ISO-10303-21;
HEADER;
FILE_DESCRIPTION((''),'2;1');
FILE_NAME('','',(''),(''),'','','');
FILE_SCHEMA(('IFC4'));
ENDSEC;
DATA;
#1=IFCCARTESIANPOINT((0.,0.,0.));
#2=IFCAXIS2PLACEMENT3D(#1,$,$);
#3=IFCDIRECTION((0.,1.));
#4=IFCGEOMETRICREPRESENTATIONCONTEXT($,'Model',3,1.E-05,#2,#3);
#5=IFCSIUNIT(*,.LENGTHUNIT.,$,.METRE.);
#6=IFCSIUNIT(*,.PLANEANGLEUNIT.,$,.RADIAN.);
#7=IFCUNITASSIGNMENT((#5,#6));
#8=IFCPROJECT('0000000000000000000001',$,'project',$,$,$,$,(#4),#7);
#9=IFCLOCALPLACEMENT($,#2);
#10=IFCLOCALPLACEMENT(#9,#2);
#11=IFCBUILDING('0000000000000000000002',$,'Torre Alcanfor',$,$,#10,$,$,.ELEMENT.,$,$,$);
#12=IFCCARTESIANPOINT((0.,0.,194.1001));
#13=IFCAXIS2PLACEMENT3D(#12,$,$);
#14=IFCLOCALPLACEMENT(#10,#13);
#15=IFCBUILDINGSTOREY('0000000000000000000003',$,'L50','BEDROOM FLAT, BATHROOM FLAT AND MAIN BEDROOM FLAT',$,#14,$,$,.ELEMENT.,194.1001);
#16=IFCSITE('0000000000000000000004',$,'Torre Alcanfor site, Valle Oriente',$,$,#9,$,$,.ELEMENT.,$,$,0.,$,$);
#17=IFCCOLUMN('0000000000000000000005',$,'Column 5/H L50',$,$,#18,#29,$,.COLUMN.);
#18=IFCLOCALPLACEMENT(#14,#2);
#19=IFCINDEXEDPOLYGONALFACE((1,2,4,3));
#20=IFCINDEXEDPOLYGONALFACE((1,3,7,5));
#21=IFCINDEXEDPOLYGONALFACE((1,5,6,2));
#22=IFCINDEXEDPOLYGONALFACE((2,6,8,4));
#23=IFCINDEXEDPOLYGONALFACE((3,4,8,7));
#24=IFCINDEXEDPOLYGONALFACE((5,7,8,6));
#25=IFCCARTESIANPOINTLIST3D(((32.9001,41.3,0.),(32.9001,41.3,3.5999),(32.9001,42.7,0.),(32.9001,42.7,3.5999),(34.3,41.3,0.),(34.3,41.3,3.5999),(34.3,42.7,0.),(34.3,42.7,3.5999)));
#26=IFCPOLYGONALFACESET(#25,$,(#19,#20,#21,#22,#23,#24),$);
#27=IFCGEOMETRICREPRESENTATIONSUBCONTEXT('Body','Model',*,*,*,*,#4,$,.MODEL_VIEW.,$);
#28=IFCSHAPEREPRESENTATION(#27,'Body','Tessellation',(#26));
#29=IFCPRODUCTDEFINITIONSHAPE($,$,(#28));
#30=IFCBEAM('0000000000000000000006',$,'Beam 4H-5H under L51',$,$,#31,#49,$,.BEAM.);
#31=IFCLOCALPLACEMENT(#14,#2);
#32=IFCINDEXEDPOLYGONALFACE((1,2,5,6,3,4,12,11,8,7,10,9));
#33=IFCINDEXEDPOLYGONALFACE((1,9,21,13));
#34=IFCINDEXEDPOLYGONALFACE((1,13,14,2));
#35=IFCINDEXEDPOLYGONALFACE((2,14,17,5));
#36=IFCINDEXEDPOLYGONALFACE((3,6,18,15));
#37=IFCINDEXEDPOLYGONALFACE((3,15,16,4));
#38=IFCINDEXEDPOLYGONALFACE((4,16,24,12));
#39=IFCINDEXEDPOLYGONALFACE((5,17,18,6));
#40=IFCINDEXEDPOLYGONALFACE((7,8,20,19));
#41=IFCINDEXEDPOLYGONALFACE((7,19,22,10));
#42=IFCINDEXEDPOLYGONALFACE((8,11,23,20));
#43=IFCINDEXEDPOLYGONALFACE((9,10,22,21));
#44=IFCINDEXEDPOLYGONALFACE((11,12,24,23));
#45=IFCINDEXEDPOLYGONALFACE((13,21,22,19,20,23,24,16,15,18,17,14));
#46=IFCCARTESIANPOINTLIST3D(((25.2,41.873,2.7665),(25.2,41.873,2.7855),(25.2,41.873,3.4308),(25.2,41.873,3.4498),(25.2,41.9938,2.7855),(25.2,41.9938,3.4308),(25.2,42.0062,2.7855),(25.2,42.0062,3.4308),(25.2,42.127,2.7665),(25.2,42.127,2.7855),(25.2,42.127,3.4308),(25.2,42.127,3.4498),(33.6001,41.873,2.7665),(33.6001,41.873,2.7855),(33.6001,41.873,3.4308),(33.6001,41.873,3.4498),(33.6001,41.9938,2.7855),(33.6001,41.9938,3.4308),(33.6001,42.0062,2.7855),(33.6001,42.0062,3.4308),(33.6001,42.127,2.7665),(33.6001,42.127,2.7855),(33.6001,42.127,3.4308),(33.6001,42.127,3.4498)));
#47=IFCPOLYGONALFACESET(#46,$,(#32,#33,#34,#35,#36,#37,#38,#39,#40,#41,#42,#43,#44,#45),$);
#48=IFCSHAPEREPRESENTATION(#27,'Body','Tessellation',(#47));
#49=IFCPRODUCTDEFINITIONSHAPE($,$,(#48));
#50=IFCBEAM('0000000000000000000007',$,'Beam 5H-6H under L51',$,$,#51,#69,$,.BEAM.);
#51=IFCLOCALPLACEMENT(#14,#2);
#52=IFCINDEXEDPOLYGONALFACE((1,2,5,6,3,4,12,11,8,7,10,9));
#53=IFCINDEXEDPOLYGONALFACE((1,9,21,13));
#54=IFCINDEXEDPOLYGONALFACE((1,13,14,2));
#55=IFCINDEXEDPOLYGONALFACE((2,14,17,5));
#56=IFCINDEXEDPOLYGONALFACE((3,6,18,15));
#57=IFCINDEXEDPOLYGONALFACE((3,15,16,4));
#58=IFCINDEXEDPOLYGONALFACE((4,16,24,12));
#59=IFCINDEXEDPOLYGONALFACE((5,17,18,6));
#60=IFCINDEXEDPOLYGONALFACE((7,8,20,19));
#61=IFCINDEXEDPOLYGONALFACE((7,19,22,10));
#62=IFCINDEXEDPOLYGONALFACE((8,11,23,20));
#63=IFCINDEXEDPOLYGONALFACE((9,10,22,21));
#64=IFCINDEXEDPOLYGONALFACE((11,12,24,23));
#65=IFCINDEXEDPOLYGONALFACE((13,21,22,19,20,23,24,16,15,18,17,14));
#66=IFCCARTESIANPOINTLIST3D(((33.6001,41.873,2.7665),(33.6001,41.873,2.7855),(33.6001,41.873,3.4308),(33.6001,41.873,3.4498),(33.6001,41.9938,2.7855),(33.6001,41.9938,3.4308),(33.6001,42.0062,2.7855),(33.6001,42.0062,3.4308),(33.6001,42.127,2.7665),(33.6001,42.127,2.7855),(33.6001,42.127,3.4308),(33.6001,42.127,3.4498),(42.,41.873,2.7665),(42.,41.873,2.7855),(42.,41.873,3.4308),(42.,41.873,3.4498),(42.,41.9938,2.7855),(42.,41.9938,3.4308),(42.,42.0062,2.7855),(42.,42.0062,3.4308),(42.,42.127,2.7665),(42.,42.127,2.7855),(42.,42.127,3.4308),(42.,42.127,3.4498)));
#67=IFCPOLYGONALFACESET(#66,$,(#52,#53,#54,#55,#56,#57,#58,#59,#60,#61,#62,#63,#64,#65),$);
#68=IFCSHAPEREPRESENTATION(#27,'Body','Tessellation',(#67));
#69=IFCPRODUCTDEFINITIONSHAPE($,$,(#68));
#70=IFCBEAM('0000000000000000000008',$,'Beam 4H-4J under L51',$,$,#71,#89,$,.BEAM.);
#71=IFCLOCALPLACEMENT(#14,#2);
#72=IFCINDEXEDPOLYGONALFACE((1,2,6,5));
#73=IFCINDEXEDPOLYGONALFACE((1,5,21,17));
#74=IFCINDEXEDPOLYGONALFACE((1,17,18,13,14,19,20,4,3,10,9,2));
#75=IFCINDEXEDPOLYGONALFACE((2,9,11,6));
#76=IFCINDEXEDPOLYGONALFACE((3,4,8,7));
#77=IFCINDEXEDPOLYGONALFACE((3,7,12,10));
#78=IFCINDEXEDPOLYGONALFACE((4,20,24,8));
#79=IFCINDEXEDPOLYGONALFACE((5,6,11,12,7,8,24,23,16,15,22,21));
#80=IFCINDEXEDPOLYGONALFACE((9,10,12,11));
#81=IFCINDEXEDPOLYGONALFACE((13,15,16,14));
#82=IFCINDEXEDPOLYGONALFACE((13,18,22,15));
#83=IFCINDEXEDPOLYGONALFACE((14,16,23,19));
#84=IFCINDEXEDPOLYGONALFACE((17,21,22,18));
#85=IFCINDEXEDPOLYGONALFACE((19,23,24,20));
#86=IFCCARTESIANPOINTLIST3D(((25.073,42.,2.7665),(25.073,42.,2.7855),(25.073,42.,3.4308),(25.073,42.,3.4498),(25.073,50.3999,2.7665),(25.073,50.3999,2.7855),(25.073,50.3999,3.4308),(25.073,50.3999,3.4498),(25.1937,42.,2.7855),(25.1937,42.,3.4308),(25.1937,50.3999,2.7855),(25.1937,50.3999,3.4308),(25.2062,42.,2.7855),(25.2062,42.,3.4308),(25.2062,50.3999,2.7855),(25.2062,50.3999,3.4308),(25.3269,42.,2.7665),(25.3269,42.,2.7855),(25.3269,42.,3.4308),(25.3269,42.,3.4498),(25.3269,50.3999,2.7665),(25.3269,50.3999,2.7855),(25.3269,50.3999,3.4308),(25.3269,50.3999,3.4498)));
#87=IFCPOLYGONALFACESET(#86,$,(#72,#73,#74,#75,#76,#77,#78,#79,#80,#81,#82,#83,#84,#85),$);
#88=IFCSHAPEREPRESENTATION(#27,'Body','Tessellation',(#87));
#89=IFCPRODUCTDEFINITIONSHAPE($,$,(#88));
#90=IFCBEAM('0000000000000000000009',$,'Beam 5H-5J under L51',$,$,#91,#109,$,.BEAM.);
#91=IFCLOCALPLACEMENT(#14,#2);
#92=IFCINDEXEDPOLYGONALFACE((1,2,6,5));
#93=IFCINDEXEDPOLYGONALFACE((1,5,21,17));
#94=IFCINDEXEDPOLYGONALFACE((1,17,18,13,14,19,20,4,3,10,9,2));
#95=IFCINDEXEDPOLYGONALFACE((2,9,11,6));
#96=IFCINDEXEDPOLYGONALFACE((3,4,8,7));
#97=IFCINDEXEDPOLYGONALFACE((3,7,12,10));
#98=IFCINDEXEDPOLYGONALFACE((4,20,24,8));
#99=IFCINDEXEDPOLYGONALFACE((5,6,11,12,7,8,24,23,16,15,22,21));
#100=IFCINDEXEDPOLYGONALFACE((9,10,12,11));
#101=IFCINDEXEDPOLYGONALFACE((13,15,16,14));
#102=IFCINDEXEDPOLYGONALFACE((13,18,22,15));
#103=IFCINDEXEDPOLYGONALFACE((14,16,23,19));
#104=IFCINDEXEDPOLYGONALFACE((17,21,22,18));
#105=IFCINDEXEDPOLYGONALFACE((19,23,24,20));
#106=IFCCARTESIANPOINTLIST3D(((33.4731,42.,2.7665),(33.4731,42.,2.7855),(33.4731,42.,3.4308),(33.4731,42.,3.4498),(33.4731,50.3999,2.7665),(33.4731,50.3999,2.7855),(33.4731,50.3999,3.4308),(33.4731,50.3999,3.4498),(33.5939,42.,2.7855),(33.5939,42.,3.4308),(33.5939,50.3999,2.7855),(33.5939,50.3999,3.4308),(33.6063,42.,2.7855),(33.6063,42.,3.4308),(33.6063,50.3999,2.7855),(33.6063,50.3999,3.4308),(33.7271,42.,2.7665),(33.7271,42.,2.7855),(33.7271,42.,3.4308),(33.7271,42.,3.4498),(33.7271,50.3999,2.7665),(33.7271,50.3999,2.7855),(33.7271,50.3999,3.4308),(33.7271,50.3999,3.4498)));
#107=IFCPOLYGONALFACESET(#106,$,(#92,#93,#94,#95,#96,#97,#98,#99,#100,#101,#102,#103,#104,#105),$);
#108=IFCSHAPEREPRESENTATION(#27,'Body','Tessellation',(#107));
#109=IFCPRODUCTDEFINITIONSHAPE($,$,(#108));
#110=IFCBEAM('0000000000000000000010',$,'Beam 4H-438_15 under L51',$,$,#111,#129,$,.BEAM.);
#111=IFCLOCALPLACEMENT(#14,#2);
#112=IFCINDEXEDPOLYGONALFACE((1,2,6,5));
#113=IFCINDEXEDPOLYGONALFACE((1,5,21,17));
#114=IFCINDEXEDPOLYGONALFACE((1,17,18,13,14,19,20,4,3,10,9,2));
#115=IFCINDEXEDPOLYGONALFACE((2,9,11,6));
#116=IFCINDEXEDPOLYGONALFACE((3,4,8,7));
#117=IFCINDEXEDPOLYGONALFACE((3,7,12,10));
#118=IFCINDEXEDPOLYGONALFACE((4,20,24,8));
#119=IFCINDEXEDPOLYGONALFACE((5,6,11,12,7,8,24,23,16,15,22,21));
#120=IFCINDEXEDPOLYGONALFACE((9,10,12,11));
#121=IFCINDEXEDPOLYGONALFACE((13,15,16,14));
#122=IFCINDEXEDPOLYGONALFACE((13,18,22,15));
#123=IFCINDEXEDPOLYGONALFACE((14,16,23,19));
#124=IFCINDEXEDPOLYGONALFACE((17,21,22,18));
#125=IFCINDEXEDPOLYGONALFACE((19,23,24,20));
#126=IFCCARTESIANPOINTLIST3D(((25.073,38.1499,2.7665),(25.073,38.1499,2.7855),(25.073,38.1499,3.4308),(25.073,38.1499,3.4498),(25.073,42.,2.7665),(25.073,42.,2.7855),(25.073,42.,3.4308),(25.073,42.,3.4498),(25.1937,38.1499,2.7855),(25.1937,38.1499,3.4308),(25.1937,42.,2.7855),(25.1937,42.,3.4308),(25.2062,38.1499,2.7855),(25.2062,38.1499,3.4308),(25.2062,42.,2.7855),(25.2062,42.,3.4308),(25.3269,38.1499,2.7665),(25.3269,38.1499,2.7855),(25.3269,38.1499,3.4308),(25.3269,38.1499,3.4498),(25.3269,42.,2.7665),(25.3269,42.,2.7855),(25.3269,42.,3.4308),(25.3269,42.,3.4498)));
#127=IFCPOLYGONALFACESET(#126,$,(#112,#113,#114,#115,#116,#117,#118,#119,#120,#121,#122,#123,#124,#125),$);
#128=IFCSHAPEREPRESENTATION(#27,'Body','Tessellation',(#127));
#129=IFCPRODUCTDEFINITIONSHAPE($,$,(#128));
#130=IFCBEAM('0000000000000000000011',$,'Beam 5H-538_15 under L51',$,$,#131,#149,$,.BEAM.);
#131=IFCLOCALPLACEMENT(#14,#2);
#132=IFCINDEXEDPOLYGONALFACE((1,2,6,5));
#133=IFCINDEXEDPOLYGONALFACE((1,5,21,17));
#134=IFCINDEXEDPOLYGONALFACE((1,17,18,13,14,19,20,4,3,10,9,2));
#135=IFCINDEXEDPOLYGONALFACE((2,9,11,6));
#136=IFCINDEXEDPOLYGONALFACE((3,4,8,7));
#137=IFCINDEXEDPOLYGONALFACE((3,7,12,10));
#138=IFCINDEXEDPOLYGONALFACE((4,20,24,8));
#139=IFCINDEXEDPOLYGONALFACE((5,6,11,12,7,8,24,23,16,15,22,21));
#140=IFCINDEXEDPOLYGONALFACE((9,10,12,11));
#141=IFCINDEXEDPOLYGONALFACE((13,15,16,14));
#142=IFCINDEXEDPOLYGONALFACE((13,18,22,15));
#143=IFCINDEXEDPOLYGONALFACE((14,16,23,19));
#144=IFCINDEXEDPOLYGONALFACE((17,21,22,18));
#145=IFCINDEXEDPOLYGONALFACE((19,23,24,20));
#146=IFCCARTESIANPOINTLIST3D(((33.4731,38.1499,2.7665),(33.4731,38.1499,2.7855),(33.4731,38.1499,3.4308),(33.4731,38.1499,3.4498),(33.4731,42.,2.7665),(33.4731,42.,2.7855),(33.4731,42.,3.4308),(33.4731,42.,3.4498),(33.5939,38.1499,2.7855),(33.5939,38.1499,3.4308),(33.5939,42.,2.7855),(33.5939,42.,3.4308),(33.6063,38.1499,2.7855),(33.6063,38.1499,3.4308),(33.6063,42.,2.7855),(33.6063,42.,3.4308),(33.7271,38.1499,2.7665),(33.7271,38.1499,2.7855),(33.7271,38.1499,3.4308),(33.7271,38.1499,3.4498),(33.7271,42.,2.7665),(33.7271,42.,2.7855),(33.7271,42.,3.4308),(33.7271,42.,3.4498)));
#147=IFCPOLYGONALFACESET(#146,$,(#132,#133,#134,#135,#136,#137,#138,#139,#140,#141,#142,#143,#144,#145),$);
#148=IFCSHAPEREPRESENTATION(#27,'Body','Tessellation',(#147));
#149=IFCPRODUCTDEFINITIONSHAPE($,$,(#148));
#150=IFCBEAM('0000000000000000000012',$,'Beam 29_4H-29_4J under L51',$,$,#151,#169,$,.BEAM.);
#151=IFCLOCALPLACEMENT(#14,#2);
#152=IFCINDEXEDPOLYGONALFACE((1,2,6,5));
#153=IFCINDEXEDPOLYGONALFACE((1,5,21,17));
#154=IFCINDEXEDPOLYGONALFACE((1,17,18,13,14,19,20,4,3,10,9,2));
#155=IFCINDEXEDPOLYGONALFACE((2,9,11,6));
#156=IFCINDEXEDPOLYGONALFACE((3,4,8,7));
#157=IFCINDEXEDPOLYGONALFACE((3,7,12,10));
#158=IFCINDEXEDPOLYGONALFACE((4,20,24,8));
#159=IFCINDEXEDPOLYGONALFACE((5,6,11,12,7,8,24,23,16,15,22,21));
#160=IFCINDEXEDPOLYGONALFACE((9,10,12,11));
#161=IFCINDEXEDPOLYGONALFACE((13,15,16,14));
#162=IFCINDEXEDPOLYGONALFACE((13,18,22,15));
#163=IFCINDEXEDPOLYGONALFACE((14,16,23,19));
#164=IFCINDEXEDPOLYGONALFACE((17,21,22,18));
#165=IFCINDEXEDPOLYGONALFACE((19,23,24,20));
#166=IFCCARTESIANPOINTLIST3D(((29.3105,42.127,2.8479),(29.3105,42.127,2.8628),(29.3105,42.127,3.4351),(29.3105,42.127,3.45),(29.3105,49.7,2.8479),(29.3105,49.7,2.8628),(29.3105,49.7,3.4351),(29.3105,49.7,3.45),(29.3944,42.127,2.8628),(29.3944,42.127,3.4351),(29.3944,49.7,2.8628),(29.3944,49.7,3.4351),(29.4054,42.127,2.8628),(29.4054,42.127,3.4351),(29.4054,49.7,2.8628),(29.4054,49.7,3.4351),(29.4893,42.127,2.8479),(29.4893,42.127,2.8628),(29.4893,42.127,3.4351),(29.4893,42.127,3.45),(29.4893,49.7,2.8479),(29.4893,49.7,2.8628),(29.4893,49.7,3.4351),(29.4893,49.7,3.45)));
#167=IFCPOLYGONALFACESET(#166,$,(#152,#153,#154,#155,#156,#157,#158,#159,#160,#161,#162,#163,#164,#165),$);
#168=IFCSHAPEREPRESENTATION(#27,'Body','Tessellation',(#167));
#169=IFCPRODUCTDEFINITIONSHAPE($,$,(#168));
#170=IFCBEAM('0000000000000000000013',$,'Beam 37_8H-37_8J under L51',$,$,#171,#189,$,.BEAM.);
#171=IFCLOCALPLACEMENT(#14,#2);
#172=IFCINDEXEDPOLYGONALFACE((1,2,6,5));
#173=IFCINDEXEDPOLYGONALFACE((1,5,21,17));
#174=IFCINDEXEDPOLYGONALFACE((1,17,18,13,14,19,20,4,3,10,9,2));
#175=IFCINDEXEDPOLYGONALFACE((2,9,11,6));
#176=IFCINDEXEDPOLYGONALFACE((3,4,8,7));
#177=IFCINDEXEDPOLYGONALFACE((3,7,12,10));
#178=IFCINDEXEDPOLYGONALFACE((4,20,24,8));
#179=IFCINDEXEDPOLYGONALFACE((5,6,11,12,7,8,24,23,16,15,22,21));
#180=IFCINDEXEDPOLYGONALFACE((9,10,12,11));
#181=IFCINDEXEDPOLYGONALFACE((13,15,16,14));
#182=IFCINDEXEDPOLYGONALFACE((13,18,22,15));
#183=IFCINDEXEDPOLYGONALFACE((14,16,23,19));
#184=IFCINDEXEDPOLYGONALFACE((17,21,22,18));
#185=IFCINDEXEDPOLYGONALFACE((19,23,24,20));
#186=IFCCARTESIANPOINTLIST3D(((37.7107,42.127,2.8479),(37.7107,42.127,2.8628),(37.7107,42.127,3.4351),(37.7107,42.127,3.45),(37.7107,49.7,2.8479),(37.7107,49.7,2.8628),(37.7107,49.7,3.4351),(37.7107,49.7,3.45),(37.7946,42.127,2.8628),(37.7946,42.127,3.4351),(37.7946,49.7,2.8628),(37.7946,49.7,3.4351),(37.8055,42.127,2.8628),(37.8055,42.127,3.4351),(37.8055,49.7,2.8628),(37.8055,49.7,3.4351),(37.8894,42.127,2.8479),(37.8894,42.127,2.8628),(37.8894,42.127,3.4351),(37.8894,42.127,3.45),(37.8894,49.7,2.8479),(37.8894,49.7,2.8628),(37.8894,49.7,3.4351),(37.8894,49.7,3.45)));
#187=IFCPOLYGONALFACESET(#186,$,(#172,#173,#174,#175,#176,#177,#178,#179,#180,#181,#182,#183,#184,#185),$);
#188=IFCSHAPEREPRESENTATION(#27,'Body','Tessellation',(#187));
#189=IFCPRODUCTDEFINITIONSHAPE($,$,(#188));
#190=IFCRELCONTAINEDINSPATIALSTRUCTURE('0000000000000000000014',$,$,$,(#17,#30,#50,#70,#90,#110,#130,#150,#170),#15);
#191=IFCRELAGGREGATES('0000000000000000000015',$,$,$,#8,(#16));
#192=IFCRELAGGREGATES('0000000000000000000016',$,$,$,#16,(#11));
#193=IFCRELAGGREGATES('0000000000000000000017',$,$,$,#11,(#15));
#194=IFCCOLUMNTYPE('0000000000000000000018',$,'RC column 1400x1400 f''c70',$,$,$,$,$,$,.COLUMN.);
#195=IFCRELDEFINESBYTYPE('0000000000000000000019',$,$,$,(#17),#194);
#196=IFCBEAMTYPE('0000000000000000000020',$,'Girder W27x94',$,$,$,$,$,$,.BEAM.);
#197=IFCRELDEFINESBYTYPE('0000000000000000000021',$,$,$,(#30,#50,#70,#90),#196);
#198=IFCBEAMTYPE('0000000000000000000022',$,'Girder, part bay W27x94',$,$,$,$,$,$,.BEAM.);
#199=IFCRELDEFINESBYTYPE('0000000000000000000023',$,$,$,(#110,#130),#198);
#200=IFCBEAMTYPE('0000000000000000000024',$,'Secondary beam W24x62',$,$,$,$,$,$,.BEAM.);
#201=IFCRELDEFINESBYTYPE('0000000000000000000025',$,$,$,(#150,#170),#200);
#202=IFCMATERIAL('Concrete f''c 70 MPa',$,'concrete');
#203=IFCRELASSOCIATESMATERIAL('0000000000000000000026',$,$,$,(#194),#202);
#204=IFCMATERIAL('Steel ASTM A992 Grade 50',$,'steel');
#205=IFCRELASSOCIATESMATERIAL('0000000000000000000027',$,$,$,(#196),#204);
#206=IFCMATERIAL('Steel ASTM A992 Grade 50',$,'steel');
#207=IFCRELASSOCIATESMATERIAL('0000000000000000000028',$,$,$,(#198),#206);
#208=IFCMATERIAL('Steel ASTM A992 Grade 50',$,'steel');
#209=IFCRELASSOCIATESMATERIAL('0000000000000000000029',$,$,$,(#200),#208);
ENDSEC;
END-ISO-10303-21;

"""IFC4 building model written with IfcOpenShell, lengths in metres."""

from ifc_helpers import new_model, si_unit, direction, frame, origin, origin_2d, place, context, subcontext, project, spatial, rectangle, i_section, extrude, material, material_profile, profile_set, type_object, element, save


model = new_model("IFC4")

# Units and contexts
model_context = context("Model", 3, precision=1e-05, world=origin(), true_north=direction((0.0, 1.0)))
body_context = subcontext(model_context, "Body", "Model", "MODEL_VIEW")
ifc_project = project(units=[si_unit("LENGTHUNIT", "METRE"), si_unit("PLANEANGLEUNIT", "RADIAN")], contexts=[model_context])

# Site, building, storey
site_placement = place(None, origin())
site = spatial("IfcSite", under=ifc_project, at=site_placement, Name="Torre Alcanfor site, Valle Oriente", CompositionType="ELEMENT", RefElevation=0.0)
building_placement = place(site_placement, origin())
building = spatial("IfcBuilding", under=site, at=building_placement, Name="Torre Alcanfor", CompositionType="ELEMENT")
storey_placement = place(building_placement, frame((0.0, 0.0, 194.1001)))
storey = spatial("IfcBuildingStorey", under=building, at=storey_placement, Name="L50", Description="BEDROOM FLAT, BATHROOM FLAT AND MAIN BEDROOM FLAT", CompositionType="ELEMENT", Elevation=194.1001)

# Column
ifc_material_1 = material(Name="Concrete f'c 70 MPa", Category="concrete")
ifc_material_profile_1 = material_profile(ifc_material_1, rectangle(XDim=1.3999, YDim=1.3999, at=origin_2d()), Name="1400x1400")
ifc_profile_set_1 = profile_set([ifc_material_profile_1], Name="Concrete f'c 70 MPa")
column_type = type_object("IfcColumnType", Name="RC column 1400x1400 f'c70", PredefinedType="COLUMN", material=ifc_profile_set_1)
column_placement = place(storey_placement, frame((33.6001, 42.0, 0.0), z_axis=(0.0, 0.0, 1.0), x_axis=(1.0, 0.0, 0.0)))
element("IfcColumn", 1, at=column_placement, inside=storey, type_object=column_type, Name="Column 5/H L50", PredefinedType="COLUMN", context=body_context, shape_type="SweptSolid", body=[
    extrude(rectangle(XDim=1.3999, YDim=1.3999, at=origin_2d()), origin(), (0.0, 0.0, 1.0), 3.5999),
])

# Beams
ifc_material_2 = material(Name="Steel ASTM A992 Grade 50", Category="steel")
ifc_material_profile_2 = material_profile(ifc_material_2, i_section(OverallWidth=0.2539, OverallDepth=0.6833, WebThickness=0.0125, FlangeThickness=0.019, at=origin_2d()), Name="W27x94")
ifc_profile_set_2 = profile_set([ifc_material_profile_2], Name="Steel ASTM A992 Grade 50")
beam_type_1 = type_object("IfcBeamType", Name="Girder W27x94", PredefinedType="BEAM", material=ifc_profile_set_2)
beam_1_placement = place(storey_placement, frame((25.2, 42.0, 3.1082), z_axis=(1.0, 0.0, 0.0), x_axis=(0.0, 1.0, 0.0)))
element("IfcBeam", 2, at=beam_1_placement, inside=storey, type_object=beam_type_1, Name="Beam 4H-5H under L51", PredefinedType="BEAM", context=body_context, shape_type="SweptSolid", body=[
    extrude(i_section(OverallWidth=0.2539, OverallDepth=0.6833, WebThickness=0.0125, FlangeThickness=0.019, at=origin_2d()), origin(), (0.0, 0.0, 1.0), 8.4001),
])
for number, where, z_axis, x_axis, name in (
    (3, (33.6001, 42.0, 3.1082), (1.0, 0.0, 0.0), (0.0, 1.0, 0.0), "Beam 5H-6H under L51"),
    (4, (25.2, 42.0, 3.1082), (0.0, 1.0, 0.0), (-1.0, 0.0, 0.0), "Beam 4H-4J under L51"),
    (5, (33.6001, 42.0, 3.1082), (0.0, 1.0, 0.0), (-1.0, 0.0, 0.0), "Beam 5H-5J under L51"),
):
    element("IfcBeam", number, at=place(storey_placement, frame(where, z_axis=z_axis, x_axis=x_axis)), inside=storey, type_object=beam_type_1, Name=name, PredefinedType="BEAM", context=body_context, shape_type="SweptSolid", body=[
        extrude(i_section(OverallWidth=0.2539, OverallDepth=0.6833, WebThickness=0.0125, FlangeThickness=0.019, at=origin_2d()), origin(), (0.0, 0.0, 1.0), 8.3999),
    ])
ifc_material_3 = material(Name="Steel ASTM A992 Grade 50", Category="steel")
ifc_material_profile_3 = material_profile(ifc_material_3, i_section(OverallWidth=0.2539, OverallDepth=0.6833, WebThickness=0.0125, FlangeThickness=0.019, at=origin_2d()), Name="W27x94")
ifc_profile_set_3 = profile_set([ifc_material_profile_3], Name="Steel ASTM A992 Grade 50")
beam_type_2 = type_object("IfcBeamType", Name="Girder, part bay W27x94", PredefinedType="BEAM", material=ifc_profile_set_3)
for number, where, z_axis, x_axis, name in (
    (6, (25.2, 42.0, 3.1082), (0.0, -1.0, 0.0), (1.0, 0.0, 0.0), "Beam 4H-438_15 under L51"),
    (7, (33.6001, 42.0, 3.1082), (0.0, -1.0, 0.0), (1.0, 0.0, 0.0), "Beam 5H-538_15 under L51"),
):
    element("IfcBeam", number, at=place(storey_placement, frame(where, z_axis=z_axis, x_axis=x_axis)), inside=storey, type_object=beam_type_2, Name=name, PredefinedType="BEAM", context=body_context, shape_type="SweptSolid", body=[
        extrude(i_section(OverallWidth=0.2539, OverallDepth=0.6833, WebThickness=0.0125, FlangeThickness=0.019, at=origin_2d()), origin(), (0.0, 0.0, 1.0), 3.8501),
    ])
ifc_material_4 = material(Name="Steel ASTM A992 Grade 50", Category="steel")
ifc_material_profile_4 = material_profile(ifc_material_4, i_section(OverallWidth=0.1787, OverallDepth=0.6021, WebThickness=0.011, FlangeThickness=0.0149, at=origin_2d()), Name="W24x62")
ifc_profile_set_4 = profile_set([ifc_material_profile_4], Name="Steel ASTM A992 Grade 50")
beam_type_3 = type_object("IfcBeamType", Name="Secondary beam W24x62", PredefinedType="BEAM", material=ifc_profile_set_4)
for number, where, z_axis, x_axis, name in (
    (8, (29.3999, 42.127, 3.1489), (0.0, 1.0, 0.0), (-1.0, 0.0, 0.0), "Beam 29_4H-29_4J under L51"),
    (9, (37.8, 42.127, 3.1489), (0.0, 1.0, 0.0), (-1.0, 0.0, 0.0), "Beam 37_8H-37_8J under L51"),
):
    element("IfcBeam", number, at=place(storey_placement, frame(where, z_axis=z_axis, x_axis=x_axis)), inside=storey, type_object=beam_type_3, Name=name, PredefinedType="BEAM", context=body_context, shape_type="SweptSolid", body=[
        extrude(i_section(OverallWidth=0.1787, OverallDepth=0.6021, WebThickness=0.011, FlangeThickness=0.0149, at=origin_2d()), origin(), (0.0, 0.0, 1.0), 7.573),
    ])

save(model, "model.ifc")
